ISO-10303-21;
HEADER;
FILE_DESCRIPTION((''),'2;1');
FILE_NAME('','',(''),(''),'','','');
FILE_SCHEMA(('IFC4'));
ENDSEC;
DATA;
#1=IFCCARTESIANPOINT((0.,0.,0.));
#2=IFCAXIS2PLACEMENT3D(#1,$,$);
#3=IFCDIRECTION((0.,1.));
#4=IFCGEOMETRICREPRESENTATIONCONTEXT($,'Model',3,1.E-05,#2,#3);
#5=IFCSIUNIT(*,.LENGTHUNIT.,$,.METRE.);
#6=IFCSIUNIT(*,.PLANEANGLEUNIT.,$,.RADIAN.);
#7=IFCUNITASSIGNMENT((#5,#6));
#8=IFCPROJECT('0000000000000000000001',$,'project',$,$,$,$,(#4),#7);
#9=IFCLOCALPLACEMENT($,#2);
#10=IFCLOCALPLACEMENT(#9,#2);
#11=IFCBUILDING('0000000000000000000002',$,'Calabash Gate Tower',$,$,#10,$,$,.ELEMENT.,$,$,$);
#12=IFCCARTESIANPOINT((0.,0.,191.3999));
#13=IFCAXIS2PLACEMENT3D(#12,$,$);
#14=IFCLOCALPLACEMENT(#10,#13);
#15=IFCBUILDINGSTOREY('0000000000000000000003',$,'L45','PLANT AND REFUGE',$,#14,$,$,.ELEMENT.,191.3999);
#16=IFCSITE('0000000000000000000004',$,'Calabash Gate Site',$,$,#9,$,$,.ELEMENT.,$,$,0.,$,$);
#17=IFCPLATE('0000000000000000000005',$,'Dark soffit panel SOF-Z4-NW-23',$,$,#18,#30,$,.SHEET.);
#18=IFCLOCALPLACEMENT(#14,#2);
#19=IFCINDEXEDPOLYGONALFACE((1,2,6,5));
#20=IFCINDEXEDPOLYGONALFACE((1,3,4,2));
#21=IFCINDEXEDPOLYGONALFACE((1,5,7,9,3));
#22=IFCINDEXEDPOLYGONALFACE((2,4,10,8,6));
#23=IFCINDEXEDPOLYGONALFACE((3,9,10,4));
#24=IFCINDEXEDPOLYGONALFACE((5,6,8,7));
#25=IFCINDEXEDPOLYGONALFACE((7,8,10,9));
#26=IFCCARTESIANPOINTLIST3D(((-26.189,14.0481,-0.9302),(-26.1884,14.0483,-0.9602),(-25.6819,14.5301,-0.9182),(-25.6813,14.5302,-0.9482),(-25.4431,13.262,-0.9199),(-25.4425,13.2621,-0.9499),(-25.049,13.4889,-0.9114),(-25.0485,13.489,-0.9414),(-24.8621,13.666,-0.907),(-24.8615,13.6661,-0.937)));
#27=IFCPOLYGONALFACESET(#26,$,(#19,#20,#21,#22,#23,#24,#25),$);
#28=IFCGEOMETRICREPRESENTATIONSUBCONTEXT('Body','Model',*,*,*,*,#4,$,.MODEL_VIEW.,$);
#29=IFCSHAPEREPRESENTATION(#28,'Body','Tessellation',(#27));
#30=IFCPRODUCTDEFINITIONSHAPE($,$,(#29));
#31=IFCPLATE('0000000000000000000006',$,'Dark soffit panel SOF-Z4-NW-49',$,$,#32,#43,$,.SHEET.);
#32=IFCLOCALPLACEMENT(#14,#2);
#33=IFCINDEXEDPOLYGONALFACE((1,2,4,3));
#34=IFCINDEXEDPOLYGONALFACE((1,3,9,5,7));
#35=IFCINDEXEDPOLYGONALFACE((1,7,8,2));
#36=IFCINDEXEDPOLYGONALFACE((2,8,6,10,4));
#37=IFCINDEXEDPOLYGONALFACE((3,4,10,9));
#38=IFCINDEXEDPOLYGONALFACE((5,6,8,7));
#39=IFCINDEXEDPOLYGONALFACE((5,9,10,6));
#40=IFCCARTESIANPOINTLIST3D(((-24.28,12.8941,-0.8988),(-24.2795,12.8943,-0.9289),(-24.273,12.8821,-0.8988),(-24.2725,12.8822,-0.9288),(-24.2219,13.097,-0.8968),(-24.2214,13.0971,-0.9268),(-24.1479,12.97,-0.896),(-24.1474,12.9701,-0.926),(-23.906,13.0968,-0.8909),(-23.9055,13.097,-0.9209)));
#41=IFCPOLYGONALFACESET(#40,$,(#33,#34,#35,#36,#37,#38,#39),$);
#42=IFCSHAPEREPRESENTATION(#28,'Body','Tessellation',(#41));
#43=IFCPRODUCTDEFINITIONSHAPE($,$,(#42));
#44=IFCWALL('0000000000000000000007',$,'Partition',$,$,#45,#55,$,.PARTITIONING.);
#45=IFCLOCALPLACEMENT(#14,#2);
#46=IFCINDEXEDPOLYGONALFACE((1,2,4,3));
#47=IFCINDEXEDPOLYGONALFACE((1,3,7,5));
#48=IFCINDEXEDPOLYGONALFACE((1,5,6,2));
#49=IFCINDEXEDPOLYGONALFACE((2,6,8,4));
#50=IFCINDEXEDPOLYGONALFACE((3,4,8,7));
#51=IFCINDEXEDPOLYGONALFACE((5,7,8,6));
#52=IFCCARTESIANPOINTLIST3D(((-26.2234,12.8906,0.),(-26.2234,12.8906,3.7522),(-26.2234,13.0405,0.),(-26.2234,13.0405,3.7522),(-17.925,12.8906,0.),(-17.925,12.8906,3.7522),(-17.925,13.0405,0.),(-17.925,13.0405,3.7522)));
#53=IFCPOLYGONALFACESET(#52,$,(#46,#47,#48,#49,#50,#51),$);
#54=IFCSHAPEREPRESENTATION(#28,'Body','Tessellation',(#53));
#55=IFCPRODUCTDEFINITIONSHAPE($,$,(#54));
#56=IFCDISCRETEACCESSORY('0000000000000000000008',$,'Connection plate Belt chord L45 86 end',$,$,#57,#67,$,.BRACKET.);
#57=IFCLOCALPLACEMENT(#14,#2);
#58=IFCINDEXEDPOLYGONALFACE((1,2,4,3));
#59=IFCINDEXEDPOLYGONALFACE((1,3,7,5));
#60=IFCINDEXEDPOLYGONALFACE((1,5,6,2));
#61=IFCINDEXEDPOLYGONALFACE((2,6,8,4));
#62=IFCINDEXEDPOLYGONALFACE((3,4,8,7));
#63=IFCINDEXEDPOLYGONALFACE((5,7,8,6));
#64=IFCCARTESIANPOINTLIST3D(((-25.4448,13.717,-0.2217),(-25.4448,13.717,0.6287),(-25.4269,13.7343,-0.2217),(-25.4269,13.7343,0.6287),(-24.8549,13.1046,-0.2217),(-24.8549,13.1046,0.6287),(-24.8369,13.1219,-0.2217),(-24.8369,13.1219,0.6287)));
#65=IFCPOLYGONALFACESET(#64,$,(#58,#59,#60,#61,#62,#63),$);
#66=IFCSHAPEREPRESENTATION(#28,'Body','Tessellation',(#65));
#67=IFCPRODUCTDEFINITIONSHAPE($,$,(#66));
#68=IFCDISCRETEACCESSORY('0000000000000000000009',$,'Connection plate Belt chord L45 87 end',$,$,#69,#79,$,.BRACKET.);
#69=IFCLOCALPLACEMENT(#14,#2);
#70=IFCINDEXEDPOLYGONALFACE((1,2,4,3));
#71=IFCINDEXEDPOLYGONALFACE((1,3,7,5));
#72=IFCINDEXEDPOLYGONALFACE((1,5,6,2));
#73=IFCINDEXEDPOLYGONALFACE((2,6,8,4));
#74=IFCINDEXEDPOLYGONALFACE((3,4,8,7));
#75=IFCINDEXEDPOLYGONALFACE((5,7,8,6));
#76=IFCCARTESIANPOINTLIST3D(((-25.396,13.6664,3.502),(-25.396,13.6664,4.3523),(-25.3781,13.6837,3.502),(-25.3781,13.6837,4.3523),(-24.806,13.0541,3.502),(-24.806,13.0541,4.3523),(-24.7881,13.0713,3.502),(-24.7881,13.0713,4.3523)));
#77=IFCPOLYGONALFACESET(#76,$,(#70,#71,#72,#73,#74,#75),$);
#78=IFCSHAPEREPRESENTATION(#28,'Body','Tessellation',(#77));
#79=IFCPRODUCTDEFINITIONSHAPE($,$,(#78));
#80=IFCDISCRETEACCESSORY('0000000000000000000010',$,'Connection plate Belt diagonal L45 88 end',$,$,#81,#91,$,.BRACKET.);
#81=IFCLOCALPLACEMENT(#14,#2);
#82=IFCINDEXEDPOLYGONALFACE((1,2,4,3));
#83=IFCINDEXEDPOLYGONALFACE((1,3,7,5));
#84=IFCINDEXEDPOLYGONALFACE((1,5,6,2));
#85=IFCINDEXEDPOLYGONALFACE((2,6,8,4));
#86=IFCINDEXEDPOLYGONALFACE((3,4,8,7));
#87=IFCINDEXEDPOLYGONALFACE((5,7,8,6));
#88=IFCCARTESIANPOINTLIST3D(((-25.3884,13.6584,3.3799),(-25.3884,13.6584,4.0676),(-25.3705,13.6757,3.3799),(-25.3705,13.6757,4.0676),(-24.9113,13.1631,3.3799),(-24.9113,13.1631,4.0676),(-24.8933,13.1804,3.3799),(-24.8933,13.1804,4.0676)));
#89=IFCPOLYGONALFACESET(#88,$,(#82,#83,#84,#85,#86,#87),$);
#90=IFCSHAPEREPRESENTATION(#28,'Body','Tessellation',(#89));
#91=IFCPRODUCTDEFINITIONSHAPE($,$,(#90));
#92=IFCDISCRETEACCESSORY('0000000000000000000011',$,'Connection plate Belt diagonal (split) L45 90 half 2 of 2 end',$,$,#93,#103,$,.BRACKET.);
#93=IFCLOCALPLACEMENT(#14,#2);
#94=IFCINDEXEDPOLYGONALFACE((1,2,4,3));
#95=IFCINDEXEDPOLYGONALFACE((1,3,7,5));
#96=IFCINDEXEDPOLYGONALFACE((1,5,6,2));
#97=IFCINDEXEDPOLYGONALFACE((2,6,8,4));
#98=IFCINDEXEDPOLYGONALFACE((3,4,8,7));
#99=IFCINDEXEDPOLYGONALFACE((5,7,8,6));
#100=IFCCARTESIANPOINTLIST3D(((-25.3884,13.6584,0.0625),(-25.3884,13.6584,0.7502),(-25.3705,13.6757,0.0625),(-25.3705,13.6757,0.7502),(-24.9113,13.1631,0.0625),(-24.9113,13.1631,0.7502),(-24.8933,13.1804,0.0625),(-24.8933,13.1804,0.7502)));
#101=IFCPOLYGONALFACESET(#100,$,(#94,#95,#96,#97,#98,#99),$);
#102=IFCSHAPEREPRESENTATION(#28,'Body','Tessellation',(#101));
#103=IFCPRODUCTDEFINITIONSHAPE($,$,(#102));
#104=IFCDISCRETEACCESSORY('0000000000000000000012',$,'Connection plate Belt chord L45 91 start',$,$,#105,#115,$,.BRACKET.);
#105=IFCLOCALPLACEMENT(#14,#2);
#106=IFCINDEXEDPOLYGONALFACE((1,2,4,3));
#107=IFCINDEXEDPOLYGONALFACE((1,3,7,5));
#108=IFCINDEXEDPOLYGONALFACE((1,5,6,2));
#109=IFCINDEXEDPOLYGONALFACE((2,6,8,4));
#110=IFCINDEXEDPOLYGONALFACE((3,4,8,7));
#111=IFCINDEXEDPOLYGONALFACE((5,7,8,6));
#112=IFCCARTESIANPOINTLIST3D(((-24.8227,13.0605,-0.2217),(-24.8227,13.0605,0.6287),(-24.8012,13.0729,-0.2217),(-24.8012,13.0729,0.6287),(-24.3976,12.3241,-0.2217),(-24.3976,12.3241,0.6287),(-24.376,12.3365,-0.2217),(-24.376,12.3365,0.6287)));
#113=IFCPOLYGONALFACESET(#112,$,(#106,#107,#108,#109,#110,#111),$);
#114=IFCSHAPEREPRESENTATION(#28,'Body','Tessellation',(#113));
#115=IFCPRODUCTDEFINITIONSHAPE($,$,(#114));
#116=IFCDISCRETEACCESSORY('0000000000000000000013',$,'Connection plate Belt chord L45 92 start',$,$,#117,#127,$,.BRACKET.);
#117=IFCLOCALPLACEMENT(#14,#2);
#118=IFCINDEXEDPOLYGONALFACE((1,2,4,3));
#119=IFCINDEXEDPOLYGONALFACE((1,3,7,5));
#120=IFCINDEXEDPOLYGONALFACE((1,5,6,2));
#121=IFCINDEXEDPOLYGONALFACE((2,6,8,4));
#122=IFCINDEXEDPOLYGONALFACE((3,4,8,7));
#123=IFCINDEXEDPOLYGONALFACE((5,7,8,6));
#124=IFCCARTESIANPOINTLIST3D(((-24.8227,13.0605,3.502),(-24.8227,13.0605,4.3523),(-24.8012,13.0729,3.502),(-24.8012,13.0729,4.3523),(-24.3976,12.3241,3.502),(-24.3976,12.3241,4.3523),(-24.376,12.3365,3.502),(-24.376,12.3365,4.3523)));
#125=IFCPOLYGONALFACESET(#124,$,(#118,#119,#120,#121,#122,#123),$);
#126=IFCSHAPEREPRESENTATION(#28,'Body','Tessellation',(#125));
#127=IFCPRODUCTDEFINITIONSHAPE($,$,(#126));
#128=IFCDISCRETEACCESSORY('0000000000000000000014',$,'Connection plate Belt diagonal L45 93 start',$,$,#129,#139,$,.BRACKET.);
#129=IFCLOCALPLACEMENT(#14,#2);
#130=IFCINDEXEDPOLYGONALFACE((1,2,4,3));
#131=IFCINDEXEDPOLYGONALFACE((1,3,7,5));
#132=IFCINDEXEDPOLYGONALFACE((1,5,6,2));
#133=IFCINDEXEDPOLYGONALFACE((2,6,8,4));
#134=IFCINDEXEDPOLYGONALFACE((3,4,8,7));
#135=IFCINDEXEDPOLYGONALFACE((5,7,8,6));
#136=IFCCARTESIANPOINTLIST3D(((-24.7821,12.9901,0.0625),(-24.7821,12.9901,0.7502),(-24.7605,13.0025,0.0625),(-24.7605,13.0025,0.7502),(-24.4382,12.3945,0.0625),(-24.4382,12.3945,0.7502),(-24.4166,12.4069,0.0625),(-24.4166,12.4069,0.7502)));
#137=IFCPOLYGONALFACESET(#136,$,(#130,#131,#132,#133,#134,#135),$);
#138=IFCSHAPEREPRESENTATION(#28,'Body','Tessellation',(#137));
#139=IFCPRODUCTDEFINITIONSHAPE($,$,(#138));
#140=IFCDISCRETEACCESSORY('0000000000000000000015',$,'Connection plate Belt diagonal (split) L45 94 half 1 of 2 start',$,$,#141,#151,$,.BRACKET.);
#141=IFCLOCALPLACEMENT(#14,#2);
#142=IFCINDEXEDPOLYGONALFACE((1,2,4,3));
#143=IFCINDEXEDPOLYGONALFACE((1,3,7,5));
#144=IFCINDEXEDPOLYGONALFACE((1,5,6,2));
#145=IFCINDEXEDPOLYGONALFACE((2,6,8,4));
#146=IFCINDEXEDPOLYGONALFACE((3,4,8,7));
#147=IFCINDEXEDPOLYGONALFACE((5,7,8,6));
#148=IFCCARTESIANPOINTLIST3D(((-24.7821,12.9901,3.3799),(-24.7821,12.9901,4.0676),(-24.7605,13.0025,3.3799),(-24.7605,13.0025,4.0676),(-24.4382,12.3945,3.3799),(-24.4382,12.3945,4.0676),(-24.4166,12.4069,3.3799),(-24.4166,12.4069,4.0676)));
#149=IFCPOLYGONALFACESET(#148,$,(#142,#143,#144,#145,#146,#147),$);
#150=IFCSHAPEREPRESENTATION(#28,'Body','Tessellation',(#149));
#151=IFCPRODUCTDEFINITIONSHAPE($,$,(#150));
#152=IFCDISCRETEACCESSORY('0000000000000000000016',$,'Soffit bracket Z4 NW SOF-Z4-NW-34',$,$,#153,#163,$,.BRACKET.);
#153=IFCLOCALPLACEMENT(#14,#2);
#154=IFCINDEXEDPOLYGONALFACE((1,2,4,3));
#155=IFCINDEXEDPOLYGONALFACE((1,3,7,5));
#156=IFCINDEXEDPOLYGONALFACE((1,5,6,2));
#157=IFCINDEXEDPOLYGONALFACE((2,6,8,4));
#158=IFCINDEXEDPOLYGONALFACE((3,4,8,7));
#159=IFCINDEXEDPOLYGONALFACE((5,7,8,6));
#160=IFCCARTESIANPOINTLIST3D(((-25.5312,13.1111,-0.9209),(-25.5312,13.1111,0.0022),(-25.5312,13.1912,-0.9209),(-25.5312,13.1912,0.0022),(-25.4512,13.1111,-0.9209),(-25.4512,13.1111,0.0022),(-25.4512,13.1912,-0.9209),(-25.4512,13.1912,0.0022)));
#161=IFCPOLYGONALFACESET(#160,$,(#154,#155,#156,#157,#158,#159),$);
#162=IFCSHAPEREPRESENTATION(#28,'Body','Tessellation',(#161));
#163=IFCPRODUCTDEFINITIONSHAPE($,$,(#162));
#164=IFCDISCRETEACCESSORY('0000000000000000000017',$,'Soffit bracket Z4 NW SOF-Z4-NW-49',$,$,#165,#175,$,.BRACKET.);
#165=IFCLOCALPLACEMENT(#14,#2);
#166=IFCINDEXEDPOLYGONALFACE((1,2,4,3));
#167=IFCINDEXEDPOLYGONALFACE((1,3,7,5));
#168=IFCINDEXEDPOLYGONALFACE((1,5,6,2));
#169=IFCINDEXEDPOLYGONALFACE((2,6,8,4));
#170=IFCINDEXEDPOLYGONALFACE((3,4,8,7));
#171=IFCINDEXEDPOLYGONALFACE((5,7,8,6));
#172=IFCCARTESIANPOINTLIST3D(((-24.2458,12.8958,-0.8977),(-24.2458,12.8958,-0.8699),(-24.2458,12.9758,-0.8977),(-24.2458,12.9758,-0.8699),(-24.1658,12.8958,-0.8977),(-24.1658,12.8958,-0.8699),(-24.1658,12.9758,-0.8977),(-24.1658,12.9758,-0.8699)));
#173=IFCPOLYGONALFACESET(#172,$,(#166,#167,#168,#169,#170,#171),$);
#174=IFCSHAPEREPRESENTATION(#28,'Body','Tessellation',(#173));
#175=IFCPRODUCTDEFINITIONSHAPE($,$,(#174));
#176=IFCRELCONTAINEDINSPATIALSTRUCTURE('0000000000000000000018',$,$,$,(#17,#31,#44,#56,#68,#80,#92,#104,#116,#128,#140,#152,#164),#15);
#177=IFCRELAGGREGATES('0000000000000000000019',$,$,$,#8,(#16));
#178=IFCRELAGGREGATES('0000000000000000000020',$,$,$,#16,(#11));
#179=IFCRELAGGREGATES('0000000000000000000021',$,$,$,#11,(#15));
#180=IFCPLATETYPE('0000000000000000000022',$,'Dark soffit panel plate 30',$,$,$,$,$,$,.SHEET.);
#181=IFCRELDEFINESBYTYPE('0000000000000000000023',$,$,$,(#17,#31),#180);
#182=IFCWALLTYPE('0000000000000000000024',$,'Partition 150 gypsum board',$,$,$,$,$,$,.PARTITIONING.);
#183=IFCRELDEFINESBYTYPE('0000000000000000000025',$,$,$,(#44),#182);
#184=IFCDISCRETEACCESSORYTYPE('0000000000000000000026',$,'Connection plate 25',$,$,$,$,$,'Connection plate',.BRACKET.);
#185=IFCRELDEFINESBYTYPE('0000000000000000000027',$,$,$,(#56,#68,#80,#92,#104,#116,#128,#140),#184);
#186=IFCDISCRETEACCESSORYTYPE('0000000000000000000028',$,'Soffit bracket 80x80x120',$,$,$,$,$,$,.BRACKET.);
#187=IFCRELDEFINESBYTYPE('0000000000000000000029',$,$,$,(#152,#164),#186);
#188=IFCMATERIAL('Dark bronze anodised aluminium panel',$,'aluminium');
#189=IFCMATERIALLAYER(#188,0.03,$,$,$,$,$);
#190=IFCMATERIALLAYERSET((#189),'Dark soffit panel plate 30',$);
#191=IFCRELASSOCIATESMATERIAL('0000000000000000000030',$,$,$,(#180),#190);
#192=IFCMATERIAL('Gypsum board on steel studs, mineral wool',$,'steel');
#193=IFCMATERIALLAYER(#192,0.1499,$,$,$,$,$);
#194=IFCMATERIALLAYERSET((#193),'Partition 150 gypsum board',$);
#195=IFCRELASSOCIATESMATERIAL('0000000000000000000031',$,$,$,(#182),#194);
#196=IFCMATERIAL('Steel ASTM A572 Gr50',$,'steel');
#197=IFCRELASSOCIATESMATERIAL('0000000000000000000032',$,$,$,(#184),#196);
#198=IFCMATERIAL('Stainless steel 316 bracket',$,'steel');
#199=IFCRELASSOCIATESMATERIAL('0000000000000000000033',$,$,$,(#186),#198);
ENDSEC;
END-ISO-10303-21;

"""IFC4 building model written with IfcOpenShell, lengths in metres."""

from ifc_helpers import new_model, si_unit, direction, frame, frame_2d, origin, origin_2d, place, context, subcontext, project, spatial, polyline, rectangle, outline, extrude, material, layer, layer_set, type_object, element, save


model = new_model("IFC4")

# Units and contexts
model_context = context("Model", 3, precision=1e-05, world=origin(), true_north=direction((0.0, 1.0)))
body_context = subcontext(model_context, "Body", "Model", "MODEL_VIEW")
ifc_project = project(units=[si_unit("LENGTHUNIT", "METRE"), si_unit("PLANEANGLEUNIT", "RADIAN")], contexts=[model_context])

# Site, building, storey
site_placement = place(None, origin())
site = spatial("IfcSite", under=ifc_project, at=site_placement, Name="Calabash Gate Site", CompositionType="ELEMENT", RefElevation=0.0)
building_placement = place(site_placement, origin())
building = spatial("IfcBuilding", under=site, at=building_placement, Name="Calabash Gate Tower", CompositionType="ELEMENT")
storey_placement = place(building_placement, frame((0.0, 0.0, 191.3999)))
storey = spatial("IfcBuildingStorey", under=building, at=storey_placement, Name="L45", Description="PLANT AND REFUGE", CompositionType="ELEMENT", Elevation=191.3999)

# Plates
ifc_material_1 = material(Name="Dark bronze anodised aluminium panel", Category="aluminium")
ifc_layer_1 = layer(ifc_material_1, 0.03)
ifc_layer_set_1 = layer_set([ifc_layer_1], Name="Dark soffit panel plate 30")
plate_type_1 = type_object("IfcPlateType", Name="Dark soffit panel plate 30", PredefinedType="SHEET", material=ifc_layer_set_1)
plate_1_placement = place(storey_placement, frame((-25.4431, 13.262, -0.9199), z_axis=(-0.018876, -0.004893, 0.99981), x_axis=(-0.688242, 0.725419, -0.009444)))
element("IfcPlate", 1, at=plate_1_placement, inside=storey, type_object=plate_type_1, Name="Dark soffit panel SOF-Z4-NW-23", PredefinedType="SHEET", context=body_context, shape_type="SweptSolid", body=[
    extrude(outline(polyline([(0.0, 0.0), (1.0837, 0.0), (1.0842, -0.6997), (-0.1069, -0.6997), (-0.1067, -0.4421), (0.0, 0.0)])), origin(), (0.0, 0.0, -1.0), 0.03),
])
plate_2_placement = place(storey_placement, frame((-24.1479, 12.97, -0.896), z_axis=(-0.018657, -0.004864, 0.999814), x_axis=(-0.503474, 0.863995, -0.005191)))
element("IfcPlate", 2, at=plate_2_placement, inside=storey, type_object=plate_type_1, Name="Dark soffit panel SOF-Z4-NW-49", PredefinedType="SHEET", context=body_context, shape_type="SweptSolid", body=[
    extrude(outline(polyline([(0.0, 0.0), (0.147, 0.0), (-0.0122, -0.2729), (-0.0129, 0.1523), (0.001, 0.1523), (0.0, 0.0)])), origin(), (0.0, 0.0, -1.0), 0.03),
])

# Wall
ifc_material_2 = material(Name="Gypsum board on steel studs, mineral wool", Category="steel")
ifc_layer_2 = layer(ifc_material_2, 0.1499)
ifc_layer_set_2 = layer_set([ifc_layer_2], Name="Partition 150 gypsum board")
wall_type = type_object("IfcWallType", Name="Partition 150 gypsum board", PredefinedType="PARTITIONING", material=ifc_layer_set_2)
wall_placement = place(storey_placement, frame((-26.2234, 12.9656, 0.0), z_axis=(0.0, 0.0, 1.0), x_axis=(1.0, 0.0, 0.0)))
element("IfcWall", 3, at=wall_placement, inside=storey, type_object=wall_type, Name="Partition", PredefinedType="PARTITIONING", context=body_context, shape_type="SweptSolid", body=[
    extrude(rectangle(XDim=8.2983, YDim=0.1499, at=frame_2d((4.1492, 0.0))), origin(), (0.0, 0.0, 1.0), 3.7522),
])

# Discrete accessories
ifc_material_3 = material(Name="Steel ASTM A572 Gr50", Category="steel")
discrete_accessory_type_1 = type_object("IfcDiscreteAccessoryType", Name="Connection plate 25", ElementType="Connection plate", PredefinedType="BRACKET", material=ifc_material_3)
for number, where, z_axis, x_axis, name in (
    (4, (-25.1409, 13.4194, -0.2217), (0.0, 0.0, 1.0), (0.69379, -0.720178, 0.0), "Connection plate Belt chord L45 86 end"),
    (5, (-25.092, 13.3689, 3.502), (0.0, 0.0, 1.0), (0.693808, -0.72016, 0.0), "Connection plate Belt chord L45 87 end"),
):
    element("IfcDiscreteAccessory", number, at=place(storey_placement, frame(where, z_axis=z_axis, x_axis=x_axis)), inside=storey, type_object=discrete_accessory_type_1, Name=name, PredefinedType="BRACKET", context=body_context, shape_type="SweptSolid", body=[
        extrude(rectangle(XDim=0.8503, YDim=0.0249, at=origin_2d()), origin(), (0.0, 0.0, 1.0), 0.8503),
    ])
for number, where, z_axis, x_axis, name in (
    (6, (-25.1409, 13.4194, 3.3799), (0.0, 0.0, 1.0), (0.69379, -0.720178, 0.0), "Connection plate Belt diagonal L45 88 end"),
    (7, (-25.1409, 13.4194, 0.0625), (0.0, 0.0, 1.0), (0.69379, -0.720178, 0.0), "Connection plate Belt diagonal (split) L45 90 half 2 of 2 end"),
):
    element("IfcDiscreteAccessory", number, at=place(storey_placement, frame(where, z_axis=z_axis, x_axis=x_axis)), inside=storey, type_object=discrete_accessory_type_1, Name=name, PredefinedType="BRACKET", context=body_context, shape_type="SweptSolid", body=[
        extrude(rectangle(XDim=0.6877, YDim=0.0249, at=origin_2d()), origin(), (0.0, 0.0, 1.0), 0.6877),
    ])
for number, where, z_axis, x_axis, name in (
    (8, (-24.5994, 12.6985, -0.2217), (0.0, 0.0, 1.0), (0.5, -0.866025, 0.0), "Connection plate Belt chord L45 91 start"),
    (9, (-24.5994, 12.6985, 3.502), (0.0, 0.0, 1.0), (0.500022, -0.866013, 0.0), "Connection plate Belt chord L45 92 start"),
):
    element("IfcDiscreteAccessory", number, at=place(storey_placement, frame(where, z_axis=z_axis, x_axis=x_axis)), inside=storey, type_object=discrete_accessory_type_1, Name=name, PredefinedType="BRACKET", context=body_context, shape_type="SweptSolid", body=[
        extrude(rectangle(XDim=0.8503, YDim=0.0249, at=origin_2d()), origin(), (0.0, 0.0, 1.0), 0.8503),
    ])
for number, where, z_axis, x_axis, name in (
    (10, (-24.5994, 12.6985, 0.0625), (0.0, 0.0, 1.0), (0.5, -0.866025, 0.0), "Connection plate Belt diagonal L45 93 start"),
    (11, (-24.5994, 12.6985, 3.3799), (0.0, 0.0, 1.0), (0.5, -0.866025, 0.0), "Connection plate Belt diagonal (split) L45 94 half 1 of 2 start"),
):
    element("IfcDiscreteAccessory", number, at=place(storey_placement, frame(where, z_axis=z_axis, x_axis=x_axis)), inside=storey, type_object=discrete_accessory_type_1, Name=name, PredefinedType="BRACKET", context=body_context, shape_type="SweptSolid", body=[
        extrude(rectangle(XDim=0.6877, YDim=0.0249, at=origin_2d()), origin(), (0.0, 0.0, 1.0), 0.6877),
    ])
ifc_material_4 = material(Name="Stainless steel 316 bracket", Category="steel")
discrete_accessory_type_2 = type_object("IfcDiscreteAccessoryType", Name="Soffit bracket 80x80x120", PredefinedType="BRACKET", material=ifc_material_4)
discrete_accessory_1_placement = place(storey_placement, frame((-25.4912, 13.1511, -0.9209), z_axis=(0.0, 0.0, 1.0), x_axis=(1.0, 0.0, 0.0)))
element("IfcDiscreteAccessory", 12, at=discrete_accessory_1_placement, inside=storey, type_object=discrete_accessory_type_2, Name="Soffit bracket Z4 NW SOF-Z4-NW-34", PredefinedType="BRACKET", context=body_context, shape_type="SweptSolid", body=[
    extrude(rectangle(XDim=0.0801, YDim=0.0801, at=origin_2d()), origin(), (0.0, 0.0, 1.0), 0.9231),
])
discrete_accessory_2_placement = place(storey_placement, frame((-24.2058, 12.9358, -0.8977), z_axis=(0.0, 0.0, 1.0), x_axis=(1.0, 0.0, 0.0)))
element("IfcDiscreteAccessory", 13, at=discrete_accessory_2_placement, inside=storey, type_object=discrete_accessory_type_2, Name="Soffit bracket Z4 NW SOF-Z4-NW-49", PredefinedType="BRACKET", context=body_context, shape_type="SweptSolid", body=[
    extrude(rectangle(XDim=0.0801, YDim=0.0801, at=origin_2d()), origin(), (0.0, 0.0, 1.0), 0.0278),
])

save(model, "model.ifc")
